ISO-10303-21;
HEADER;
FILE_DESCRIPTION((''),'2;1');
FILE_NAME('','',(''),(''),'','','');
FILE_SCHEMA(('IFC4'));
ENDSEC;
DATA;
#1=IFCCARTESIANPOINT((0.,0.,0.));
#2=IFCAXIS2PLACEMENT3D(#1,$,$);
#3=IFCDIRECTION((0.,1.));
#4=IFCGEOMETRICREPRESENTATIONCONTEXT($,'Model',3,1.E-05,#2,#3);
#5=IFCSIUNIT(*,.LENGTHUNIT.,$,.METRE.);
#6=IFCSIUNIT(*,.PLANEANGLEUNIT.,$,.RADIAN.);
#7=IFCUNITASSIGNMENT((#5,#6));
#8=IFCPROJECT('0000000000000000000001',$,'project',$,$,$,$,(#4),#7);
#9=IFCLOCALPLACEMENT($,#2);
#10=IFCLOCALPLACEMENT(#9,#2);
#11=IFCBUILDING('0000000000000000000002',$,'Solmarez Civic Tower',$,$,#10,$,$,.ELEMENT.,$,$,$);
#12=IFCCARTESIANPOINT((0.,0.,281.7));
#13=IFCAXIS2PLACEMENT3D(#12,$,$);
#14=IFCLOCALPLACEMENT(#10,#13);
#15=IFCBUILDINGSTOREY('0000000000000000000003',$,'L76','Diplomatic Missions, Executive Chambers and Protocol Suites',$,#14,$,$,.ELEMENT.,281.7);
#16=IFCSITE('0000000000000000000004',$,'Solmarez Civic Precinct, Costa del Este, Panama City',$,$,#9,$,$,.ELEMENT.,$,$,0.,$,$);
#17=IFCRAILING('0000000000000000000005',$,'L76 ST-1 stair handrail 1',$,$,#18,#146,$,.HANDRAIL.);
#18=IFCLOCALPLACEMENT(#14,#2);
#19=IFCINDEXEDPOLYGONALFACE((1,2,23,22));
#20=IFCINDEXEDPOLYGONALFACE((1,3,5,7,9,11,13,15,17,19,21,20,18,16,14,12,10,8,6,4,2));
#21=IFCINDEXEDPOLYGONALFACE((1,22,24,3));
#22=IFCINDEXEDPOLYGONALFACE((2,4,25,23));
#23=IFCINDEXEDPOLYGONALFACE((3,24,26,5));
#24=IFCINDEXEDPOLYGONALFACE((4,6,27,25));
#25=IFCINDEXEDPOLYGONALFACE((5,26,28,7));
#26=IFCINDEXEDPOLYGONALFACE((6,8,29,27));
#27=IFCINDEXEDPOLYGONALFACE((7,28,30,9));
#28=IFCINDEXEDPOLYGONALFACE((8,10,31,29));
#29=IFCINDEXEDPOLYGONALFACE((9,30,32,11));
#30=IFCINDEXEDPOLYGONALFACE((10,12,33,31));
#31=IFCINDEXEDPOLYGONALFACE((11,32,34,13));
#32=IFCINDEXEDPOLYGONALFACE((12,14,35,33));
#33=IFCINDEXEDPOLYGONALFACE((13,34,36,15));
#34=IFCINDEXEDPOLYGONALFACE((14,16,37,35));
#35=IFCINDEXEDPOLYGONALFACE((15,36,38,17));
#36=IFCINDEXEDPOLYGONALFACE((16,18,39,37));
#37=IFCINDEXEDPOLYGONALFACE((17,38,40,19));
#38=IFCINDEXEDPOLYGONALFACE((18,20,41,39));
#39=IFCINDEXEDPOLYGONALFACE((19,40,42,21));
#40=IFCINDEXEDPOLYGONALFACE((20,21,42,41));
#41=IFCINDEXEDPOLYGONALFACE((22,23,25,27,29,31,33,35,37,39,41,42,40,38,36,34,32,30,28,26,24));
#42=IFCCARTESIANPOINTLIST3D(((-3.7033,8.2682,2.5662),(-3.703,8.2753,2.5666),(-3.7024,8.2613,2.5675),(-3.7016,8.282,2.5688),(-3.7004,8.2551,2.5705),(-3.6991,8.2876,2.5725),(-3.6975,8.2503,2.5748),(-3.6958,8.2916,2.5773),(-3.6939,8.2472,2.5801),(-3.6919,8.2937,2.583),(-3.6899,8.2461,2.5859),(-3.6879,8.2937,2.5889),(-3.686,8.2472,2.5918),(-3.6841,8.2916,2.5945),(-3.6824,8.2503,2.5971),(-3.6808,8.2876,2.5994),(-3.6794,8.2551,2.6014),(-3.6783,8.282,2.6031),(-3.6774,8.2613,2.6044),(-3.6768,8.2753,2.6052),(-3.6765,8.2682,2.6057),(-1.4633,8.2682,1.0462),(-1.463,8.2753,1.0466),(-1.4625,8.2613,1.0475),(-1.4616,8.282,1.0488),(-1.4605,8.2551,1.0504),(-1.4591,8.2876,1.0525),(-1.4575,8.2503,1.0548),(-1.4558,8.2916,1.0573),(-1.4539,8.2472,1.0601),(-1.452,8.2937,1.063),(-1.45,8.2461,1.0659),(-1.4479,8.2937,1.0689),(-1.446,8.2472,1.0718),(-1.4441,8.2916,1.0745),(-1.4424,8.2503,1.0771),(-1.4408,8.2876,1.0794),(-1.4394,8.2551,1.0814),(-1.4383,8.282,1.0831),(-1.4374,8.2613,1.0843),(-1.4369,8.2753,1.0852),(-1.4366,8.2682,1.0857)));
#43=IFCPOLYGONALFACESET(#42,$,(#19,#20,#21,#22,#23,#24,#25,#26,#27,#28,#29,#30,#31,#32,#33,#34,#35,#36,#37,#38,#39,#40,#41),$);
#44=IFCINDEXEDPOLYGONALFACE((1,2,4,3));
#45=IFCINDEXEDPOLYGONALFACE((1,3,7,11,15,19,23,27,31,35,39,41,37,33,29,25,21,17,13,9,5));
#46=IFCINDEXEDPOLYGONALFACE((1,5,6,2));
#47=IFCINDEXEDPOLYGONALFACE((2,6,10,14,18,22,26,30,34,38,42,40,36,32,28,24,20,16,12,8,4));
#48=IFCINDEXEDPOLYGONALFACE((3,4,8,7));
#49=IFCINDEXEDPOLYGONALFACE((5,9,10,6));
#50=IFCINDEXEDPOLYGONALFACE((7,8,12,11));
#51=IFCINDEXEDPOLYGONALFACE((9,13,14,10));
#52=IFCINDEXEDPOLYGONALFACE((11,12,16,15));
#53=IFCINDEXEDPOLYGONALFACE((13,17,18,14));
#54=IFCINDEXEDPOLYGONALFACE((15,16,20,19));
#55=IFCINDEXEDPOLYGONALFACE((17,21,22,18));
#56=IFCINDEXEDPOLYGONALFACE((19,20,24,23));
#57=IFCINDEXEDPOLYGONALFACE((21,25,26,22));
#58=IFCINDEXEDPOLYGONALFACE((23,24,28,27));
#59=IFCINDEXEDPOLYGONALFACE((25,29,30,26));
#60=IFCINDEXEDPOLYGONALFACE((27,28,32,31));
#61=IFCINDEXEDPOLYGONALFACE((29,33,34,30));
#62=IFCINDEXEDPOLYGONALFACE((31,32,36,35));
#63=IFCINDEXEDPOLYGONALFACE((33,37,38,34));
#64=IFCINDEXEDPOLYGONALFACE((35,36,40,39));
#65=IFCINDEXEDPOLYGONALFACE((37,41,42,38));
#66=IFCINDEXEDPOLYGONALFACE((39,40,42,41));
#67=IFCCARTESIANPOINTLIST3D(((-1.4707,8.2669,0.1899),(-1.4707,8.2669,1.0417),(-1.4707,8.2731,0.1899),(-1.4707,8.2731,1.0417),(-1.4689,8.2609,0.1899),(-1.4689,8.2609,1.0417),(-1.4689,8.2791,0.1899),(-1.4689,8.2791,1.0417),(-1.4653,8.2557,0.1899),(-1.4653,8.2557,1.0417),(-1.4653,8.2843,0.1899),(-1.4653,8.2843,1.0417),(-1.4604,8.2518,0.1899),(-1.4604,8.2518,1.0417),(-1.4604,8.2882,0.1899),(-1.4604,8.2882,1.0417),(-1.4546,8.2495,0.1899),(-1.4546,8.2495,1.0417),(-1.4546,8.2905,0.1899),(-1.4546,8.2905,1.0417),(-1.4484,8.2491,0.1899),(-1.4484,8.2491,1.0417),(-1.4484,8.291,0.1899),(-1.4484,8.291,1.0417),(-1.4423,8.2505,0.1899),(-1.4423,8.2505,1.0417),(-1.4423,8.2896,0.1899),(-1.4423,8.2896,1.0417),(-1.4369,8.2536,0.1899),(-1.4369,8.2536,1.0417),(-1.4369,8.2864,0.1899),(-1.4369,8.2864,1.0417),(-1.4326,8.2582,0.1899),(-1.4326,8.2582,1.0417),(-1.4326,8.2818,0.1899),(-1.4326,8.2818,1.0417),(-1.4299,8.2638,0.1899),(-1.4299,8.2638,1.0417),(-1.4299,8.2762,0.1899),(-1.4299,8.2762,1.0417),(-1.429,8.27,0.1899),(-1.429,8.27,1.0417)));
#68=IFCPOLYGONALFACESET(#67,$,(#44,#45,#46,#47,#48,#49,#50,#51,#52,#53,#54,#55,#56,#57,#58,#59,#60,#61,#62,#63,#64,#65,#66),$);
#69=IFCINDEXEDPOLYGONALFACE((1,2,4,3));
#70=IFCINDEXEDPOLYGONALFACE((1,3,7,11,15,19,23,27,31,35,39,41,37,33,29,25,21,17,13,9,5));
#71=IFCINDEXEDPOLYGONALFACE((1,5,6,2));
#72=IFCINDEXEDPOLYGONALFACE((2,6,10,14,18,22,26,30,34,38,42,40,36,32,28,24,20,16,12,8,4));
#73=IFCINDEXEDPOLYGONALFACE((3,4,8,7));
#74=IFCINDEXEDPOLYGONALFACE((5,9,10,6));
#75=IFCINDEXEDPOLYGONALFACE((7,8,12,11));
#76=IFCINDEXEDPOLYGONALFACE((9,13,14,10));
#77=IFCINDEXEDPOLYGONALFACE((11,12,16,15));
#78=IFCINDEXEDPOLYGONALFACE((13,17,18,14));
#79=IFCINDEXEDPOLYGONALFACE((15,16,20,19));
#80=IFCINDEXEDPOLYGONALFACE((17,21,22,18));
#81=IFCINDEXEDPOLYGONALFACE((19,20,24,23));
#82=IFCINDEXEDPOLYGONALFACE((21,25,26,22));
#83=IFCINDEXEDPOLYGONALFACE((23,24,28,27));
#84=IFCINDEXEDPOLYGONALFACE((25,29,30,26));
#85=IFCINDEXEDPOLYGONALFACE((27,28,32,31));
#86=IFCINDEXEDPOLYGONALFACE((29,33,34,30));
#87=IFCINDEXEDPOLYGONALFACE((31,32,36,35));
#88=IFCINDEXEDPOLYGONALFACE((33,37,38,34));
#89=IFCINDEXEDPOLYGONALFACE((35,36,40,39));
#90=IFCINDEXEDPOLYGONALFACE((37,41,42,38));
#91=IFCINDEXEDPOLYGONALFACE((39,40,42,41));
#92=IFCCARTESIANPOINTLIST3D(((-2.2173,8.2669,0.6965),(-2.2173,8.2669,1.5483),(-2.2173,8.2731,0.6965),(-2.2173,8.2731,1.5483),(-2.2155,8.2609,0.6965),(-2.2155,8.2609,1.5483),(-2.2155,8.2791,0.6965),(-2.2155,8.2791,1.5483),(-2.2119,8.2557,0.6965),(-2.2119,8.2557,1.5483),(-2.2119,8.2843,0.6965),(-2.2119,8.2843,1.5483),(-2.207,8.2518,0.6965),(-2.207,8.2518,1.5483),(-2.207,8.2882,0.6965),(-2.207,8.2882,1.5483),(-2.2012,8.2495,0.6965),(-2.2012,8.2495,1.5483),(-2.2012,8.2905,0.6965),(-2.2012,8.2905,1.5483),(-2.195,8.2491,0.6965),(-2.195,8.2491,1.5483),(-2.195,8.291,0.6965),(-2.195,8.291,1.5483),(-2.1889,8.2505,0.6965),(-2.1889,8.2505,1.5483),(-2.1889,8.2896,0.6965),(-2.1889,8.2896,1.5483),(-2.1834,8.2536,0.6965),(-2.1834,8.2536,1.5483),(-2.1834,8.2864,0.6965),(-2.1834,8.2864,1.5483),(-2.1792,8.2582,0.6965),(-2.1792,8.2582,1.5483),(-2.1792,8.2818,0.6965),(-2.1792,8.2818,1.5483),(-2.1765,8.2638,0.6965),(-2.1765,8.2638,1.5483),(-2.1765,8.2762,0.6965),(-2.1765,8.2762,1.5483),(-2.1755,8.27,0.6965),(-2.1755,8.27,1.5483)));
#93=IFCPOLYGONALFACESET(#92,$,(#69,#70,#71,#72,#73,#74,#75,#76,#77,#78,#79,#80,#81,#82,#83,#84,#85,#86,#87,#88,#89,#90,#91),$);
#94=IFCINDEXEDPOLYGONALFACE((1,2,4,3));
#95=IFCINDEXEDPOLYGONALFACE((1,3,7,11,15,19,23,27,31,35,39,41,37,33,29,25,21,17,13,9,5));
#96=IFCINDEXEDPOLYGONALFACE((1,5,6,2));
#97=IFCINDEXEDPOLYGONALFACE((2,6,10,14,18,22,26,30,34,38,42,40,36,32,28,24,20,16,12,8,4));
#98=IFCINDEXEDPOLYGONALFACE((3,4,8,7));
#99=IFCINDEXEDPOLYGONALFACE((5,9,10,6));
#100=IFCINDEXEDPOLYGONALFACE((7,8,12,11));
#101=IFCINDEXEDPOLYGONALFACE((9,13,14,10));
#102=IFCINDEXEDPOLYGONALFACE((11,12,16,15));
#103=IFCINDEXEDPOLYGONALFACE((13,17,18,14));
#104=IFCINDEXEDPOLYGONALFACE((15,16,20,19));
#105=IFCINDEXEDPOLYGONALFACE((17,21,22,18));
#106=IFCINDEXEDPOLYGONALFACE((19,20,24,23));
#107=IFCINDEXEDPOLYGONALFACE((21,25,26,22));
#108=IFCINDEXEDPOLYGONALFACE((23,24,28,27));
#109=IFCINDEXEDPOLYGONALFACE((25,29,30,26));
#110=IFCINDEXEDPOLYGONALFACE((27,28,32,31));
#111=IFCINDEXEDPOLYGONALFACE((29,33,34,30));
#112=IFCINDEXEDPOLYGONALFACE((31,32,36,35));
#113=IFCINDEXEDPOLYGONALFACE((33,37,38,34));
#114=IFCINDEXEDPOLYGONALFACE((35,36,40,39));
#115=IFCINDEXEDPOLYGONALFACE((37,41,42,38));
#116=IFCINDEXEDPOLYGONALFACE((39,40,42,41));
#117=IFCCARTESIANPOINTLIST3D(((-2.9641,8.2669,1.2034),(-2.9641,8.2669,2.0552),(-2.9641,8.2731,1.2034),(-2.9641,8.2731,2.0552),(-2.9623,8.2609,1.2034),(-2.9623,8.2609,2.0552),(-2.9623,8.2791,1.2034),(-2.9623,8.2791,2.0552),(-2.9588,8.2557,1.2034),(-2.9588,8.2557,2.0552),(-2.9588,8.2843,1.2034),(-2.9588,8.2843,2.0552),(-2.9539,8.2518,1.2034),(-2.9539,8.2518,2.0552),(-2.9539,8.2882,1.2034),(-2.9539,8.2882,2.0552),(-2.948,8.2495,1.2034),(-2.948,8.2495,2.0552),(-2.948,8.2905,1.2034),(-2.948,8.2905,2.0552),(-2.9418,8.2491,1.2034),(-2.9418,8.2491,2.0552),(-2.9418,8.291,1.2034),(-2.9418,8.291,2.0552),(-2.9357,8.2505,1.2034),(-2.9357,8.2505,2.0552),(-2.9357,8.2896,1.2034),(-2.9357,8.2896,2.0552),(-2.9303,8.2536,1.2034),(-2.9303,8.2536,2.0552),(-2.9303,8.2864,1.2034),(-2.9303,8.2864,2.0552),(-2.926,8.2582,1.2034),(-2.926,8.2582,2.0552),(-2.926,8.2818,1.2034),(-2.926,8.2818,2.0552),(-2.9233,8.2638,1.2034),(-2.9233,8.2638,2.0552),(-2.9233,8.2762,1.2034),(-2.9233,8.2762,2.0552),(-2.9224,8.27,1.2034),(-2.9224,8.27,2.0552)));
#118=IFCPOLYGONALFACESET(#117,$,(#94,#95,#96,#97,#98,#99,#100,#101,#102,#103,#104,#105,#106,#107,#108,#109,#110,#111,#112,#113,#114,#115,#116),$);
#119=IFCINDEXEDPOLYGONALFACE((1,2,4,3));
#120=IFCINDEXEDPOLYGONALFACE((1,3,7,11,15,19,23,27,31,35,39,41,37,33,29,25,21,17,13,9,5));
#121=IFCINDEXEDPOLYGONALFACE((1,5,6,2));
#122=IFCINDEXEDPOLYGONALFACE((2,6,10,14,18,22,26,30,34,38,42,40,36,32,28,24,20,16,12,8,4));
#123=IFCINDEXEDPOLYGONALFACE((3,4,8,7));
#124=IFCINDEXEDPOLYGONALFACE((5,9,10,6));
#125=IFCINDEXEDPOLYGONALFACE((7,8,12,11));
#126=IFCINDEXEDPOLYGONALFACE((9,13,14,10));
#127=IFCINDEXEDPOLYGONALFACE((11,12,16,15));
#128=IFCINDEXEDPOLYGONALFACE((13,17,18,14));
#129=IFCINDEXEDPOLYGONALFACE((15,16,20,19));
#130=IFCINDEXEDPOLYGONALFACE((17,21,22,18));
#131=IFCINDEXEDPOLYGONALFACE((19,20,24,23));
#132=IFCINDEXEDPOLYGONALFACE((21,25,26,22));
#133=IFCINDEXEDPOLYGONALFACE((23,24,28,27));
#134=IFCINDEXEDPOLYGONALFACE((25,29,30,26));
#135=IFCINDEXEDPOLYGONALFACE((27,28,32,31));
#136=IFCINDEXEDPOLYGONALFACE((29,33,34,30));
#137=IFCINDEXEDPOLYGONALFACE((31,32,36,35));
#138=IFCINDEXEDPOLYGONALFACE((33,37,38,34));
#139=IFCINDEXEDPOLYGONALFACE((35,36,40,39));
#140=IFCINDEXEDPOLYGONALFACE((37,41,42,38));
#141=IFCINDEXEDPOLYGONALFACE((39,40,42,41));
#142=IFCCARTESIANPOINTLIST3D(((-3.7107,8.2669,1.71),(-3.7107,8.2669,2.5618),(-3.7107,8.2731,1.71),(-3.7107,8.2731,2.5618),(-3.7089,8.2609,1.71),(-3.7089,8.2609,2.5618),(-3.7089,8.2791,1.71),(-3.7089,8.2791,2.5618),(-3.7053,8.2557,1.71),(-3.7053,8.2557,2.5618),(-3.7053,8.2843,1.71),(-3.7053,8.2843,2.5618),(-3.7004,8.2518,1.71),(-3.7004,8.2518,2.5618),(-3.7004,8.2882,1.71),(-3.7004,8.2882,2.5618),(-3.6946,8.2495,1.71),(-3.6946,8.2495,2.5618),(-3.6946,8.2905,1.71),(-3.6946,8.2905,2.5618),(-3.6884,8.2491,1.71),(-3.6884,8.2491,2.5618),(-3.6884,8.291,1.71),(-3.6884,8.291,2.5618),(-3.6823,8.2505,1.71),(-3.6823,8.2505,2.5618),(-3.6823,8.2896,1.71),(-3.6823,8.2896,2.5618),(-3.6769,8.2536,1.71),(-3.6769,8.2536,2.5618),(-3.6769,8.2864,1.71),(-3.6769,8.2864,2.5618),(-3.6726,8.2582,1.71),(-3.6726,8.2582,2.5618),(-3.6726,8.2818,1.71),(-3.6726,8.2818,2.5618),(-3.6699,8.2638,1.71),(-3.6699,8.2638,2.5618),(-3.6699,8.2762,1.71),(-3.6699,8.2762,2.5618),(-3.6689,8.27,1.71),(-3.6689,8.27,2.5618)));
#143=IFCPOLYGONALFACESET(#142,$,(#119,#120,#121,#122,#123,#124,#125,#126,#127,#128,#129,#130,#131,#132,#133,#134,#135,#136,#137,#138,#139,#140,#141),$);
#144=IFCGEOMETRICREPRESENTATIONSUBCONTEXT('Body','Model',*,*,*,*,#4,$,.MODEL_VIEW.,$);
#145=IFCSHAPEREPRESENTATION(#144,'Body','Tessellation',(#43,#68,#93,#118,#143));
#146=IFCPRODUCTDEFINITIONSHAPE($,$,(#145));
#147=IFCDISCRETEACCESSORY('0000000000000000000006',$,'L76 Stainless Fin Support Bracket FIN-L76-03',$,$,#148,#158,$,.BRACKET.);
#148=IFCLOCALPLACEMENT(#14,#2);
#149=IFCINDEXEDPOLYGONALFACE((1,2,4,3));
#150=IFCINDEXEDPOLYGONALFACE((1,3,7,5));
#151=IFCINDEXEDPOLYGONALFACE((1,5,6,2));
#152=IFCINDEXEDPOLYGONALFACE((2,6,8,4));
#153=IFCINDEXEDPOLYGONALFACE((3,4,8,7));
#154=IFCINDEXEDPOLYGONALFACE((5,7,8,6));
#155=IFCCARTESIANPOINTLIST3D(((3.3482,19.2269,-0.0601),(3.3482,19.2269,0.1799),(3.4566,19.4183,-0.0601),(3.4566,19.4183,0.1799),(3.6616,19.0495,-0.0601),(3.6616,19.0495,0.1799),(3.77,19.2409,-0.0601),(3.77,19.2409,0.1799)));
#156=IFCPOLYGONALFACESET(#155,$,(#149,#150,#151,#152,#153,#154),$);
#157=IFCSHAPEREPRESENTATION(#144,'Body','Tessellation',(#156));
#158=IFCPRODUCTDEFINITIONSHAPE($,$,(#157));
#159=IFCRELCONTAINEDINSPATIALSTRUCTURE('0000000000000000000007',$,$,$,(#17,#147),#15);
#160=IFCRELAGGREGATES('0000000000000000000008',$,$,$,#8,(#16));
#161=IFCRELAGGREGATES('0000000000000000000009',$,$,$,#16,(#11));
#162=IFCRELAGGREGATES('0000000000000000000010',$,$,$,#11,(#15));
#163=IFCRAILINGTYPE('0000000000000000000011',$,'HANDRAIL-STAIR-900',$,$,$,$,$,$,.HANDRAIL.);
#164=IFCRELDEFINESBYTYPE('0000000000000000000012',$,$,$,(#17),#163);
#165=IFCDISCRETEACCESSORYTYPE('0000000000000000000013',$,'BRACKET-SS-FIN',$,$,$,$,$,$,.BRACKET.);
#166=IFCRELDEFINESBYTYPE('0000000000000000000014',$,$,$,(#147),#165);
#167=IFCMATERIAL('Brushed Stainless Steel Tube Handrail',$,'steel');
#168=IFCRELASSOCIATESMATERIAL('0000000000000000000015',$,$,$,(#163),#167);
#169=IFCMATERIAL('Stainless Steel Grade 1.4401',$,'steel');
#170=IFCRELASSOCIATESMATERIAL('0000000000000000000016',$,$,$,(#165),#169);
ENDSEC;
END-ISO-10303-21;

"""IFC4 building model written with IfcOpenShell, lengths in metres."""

from ifc_helpers import new_model, si_unit, direction, frame, origin, origin_2d, place, context, subcontext, project, spatial, rectangle, circle, extrude, material, type_object, element, save


model = new_model("IFC4")

# Units and contexts
model_context = context("Model", 3, precision=1e-05, world=origin(), true_north=direction((0.0, 1.0)))
body_context = subcontext(model_context, "Body", "Model", "MODEL_VIEW")
ifc_project = project(units=[si_unit("LENGTHUNIT", "METRE"), si_unit("PLANEANGLEUNIT", "RADIAN")], contexts=[model_context])

# Site, building, storey
site_placement = place(None, origin())
site = spatial("IfcSite", under=ifc_project, at=site_placement, Name="Solmarez Civic Precinct, Costa del Este, Panama City", CompositionType="ELEMENT", RefElevation=0.0)
building_placement = place(site_placement, origin())
building = spatial("IfcBuilding", under=site, at=building_placement, Name="Solmarez Civic Tower", CompositionType="ELEMENT")
storey_placement = place(building_placement, frame((0.0, 0.0, 281.7)))
storey = spatial("IfcBuildingStorey", under=building, at=storey_placement, Name="L76", Description="Diplomatic Missions, Executive Chambers and Protocol Suites", CompositionType="ELEMENT", Elevation=281.7)

# Railing
ifc_material_1 = material(Name="Brushed Stainless Steel Tube Handrail", Category="steel")
railing_type_1 = type_object("IfcRailingType", Name="HANDRAIL-STAIR-900", PredefinedType="HANDRAIL", material=ifc_material_1)
railing_1_placement = place(storey_placement, frame((-1.45, 8.27, 0.1899)))
element("IfcRailing", 1, at=railing_1_placement, inside=storey, type_object=railing_type_1, Name="L76 ST-1 stair handrail 1", PredefinedType="HANDRAIL", context=body_context, shape_type="SweptSolid", body=[
    extrude(circle(Radius=0.0239, at=origin_2d()), frame((0.0, 0.0, 0.876), z_axis=(-0.827471, 0.0, 0.561508), x_axis=(0.0, -1.0, 0.0)), (0.0, 0.0, 1.0), 2.707),
    extrude(circle(Radius=0.021, at=origin_2d()), origin(), (0.0, 0.0, 1.0), 0.8518),
    extrude(circle(Radius=0.021, at=origin_2d()), frame((-0.7466, 0.0, 0.5066)), (0.0, 0.0, 1.0), 0.8518),
    extrude(circle(Radius=0.021, at=origin_2d()), frame((-1.4934, 0.0, 1.0134)), (0.0, 0.0, 1.0), 0.8518),
    extrude(circle(Radius=0.021, at=origin_2d()), frame((-2.24, 0.0, 1.52)), (0.0, 0.0, 1.0), 0.8518),
])

# Discrete accessory
ifc_material_2 = material(Name="Stainless Steel Grade 1.4401", Category="steel")
discrete_accessory_type = type_object("IfcDiscreteAccessoryType", Name="BRACKET-SS-FIN", PredefinedType="BRACKET", material=ifc_material_2)
discrete_accessory_placement = place(storey_placement, frame((3.5591, 19.2339, -0.0601), z_axis=(0.0, 0.0, 1.0), x_axis=(-0.87018, 0.492733, 0.0)))
element("IfcDiscreteAccessory", 2, at=discrete_accessory_placement, inside=storey, type_object=discrete_accessory_type, Name="L76 Stainless Fin Support Bracket FIN-L76-03", PredefinedType="BRACKET", context=body_context, shape_type="SweptSolid", body=[
    extrude(rectangle(XDim=0.3601, YDim=0.22, at=origin_2d()), origin(), (0.0, 0.0, 1.0), 0.24),
])

save(model, "model.ifc")
